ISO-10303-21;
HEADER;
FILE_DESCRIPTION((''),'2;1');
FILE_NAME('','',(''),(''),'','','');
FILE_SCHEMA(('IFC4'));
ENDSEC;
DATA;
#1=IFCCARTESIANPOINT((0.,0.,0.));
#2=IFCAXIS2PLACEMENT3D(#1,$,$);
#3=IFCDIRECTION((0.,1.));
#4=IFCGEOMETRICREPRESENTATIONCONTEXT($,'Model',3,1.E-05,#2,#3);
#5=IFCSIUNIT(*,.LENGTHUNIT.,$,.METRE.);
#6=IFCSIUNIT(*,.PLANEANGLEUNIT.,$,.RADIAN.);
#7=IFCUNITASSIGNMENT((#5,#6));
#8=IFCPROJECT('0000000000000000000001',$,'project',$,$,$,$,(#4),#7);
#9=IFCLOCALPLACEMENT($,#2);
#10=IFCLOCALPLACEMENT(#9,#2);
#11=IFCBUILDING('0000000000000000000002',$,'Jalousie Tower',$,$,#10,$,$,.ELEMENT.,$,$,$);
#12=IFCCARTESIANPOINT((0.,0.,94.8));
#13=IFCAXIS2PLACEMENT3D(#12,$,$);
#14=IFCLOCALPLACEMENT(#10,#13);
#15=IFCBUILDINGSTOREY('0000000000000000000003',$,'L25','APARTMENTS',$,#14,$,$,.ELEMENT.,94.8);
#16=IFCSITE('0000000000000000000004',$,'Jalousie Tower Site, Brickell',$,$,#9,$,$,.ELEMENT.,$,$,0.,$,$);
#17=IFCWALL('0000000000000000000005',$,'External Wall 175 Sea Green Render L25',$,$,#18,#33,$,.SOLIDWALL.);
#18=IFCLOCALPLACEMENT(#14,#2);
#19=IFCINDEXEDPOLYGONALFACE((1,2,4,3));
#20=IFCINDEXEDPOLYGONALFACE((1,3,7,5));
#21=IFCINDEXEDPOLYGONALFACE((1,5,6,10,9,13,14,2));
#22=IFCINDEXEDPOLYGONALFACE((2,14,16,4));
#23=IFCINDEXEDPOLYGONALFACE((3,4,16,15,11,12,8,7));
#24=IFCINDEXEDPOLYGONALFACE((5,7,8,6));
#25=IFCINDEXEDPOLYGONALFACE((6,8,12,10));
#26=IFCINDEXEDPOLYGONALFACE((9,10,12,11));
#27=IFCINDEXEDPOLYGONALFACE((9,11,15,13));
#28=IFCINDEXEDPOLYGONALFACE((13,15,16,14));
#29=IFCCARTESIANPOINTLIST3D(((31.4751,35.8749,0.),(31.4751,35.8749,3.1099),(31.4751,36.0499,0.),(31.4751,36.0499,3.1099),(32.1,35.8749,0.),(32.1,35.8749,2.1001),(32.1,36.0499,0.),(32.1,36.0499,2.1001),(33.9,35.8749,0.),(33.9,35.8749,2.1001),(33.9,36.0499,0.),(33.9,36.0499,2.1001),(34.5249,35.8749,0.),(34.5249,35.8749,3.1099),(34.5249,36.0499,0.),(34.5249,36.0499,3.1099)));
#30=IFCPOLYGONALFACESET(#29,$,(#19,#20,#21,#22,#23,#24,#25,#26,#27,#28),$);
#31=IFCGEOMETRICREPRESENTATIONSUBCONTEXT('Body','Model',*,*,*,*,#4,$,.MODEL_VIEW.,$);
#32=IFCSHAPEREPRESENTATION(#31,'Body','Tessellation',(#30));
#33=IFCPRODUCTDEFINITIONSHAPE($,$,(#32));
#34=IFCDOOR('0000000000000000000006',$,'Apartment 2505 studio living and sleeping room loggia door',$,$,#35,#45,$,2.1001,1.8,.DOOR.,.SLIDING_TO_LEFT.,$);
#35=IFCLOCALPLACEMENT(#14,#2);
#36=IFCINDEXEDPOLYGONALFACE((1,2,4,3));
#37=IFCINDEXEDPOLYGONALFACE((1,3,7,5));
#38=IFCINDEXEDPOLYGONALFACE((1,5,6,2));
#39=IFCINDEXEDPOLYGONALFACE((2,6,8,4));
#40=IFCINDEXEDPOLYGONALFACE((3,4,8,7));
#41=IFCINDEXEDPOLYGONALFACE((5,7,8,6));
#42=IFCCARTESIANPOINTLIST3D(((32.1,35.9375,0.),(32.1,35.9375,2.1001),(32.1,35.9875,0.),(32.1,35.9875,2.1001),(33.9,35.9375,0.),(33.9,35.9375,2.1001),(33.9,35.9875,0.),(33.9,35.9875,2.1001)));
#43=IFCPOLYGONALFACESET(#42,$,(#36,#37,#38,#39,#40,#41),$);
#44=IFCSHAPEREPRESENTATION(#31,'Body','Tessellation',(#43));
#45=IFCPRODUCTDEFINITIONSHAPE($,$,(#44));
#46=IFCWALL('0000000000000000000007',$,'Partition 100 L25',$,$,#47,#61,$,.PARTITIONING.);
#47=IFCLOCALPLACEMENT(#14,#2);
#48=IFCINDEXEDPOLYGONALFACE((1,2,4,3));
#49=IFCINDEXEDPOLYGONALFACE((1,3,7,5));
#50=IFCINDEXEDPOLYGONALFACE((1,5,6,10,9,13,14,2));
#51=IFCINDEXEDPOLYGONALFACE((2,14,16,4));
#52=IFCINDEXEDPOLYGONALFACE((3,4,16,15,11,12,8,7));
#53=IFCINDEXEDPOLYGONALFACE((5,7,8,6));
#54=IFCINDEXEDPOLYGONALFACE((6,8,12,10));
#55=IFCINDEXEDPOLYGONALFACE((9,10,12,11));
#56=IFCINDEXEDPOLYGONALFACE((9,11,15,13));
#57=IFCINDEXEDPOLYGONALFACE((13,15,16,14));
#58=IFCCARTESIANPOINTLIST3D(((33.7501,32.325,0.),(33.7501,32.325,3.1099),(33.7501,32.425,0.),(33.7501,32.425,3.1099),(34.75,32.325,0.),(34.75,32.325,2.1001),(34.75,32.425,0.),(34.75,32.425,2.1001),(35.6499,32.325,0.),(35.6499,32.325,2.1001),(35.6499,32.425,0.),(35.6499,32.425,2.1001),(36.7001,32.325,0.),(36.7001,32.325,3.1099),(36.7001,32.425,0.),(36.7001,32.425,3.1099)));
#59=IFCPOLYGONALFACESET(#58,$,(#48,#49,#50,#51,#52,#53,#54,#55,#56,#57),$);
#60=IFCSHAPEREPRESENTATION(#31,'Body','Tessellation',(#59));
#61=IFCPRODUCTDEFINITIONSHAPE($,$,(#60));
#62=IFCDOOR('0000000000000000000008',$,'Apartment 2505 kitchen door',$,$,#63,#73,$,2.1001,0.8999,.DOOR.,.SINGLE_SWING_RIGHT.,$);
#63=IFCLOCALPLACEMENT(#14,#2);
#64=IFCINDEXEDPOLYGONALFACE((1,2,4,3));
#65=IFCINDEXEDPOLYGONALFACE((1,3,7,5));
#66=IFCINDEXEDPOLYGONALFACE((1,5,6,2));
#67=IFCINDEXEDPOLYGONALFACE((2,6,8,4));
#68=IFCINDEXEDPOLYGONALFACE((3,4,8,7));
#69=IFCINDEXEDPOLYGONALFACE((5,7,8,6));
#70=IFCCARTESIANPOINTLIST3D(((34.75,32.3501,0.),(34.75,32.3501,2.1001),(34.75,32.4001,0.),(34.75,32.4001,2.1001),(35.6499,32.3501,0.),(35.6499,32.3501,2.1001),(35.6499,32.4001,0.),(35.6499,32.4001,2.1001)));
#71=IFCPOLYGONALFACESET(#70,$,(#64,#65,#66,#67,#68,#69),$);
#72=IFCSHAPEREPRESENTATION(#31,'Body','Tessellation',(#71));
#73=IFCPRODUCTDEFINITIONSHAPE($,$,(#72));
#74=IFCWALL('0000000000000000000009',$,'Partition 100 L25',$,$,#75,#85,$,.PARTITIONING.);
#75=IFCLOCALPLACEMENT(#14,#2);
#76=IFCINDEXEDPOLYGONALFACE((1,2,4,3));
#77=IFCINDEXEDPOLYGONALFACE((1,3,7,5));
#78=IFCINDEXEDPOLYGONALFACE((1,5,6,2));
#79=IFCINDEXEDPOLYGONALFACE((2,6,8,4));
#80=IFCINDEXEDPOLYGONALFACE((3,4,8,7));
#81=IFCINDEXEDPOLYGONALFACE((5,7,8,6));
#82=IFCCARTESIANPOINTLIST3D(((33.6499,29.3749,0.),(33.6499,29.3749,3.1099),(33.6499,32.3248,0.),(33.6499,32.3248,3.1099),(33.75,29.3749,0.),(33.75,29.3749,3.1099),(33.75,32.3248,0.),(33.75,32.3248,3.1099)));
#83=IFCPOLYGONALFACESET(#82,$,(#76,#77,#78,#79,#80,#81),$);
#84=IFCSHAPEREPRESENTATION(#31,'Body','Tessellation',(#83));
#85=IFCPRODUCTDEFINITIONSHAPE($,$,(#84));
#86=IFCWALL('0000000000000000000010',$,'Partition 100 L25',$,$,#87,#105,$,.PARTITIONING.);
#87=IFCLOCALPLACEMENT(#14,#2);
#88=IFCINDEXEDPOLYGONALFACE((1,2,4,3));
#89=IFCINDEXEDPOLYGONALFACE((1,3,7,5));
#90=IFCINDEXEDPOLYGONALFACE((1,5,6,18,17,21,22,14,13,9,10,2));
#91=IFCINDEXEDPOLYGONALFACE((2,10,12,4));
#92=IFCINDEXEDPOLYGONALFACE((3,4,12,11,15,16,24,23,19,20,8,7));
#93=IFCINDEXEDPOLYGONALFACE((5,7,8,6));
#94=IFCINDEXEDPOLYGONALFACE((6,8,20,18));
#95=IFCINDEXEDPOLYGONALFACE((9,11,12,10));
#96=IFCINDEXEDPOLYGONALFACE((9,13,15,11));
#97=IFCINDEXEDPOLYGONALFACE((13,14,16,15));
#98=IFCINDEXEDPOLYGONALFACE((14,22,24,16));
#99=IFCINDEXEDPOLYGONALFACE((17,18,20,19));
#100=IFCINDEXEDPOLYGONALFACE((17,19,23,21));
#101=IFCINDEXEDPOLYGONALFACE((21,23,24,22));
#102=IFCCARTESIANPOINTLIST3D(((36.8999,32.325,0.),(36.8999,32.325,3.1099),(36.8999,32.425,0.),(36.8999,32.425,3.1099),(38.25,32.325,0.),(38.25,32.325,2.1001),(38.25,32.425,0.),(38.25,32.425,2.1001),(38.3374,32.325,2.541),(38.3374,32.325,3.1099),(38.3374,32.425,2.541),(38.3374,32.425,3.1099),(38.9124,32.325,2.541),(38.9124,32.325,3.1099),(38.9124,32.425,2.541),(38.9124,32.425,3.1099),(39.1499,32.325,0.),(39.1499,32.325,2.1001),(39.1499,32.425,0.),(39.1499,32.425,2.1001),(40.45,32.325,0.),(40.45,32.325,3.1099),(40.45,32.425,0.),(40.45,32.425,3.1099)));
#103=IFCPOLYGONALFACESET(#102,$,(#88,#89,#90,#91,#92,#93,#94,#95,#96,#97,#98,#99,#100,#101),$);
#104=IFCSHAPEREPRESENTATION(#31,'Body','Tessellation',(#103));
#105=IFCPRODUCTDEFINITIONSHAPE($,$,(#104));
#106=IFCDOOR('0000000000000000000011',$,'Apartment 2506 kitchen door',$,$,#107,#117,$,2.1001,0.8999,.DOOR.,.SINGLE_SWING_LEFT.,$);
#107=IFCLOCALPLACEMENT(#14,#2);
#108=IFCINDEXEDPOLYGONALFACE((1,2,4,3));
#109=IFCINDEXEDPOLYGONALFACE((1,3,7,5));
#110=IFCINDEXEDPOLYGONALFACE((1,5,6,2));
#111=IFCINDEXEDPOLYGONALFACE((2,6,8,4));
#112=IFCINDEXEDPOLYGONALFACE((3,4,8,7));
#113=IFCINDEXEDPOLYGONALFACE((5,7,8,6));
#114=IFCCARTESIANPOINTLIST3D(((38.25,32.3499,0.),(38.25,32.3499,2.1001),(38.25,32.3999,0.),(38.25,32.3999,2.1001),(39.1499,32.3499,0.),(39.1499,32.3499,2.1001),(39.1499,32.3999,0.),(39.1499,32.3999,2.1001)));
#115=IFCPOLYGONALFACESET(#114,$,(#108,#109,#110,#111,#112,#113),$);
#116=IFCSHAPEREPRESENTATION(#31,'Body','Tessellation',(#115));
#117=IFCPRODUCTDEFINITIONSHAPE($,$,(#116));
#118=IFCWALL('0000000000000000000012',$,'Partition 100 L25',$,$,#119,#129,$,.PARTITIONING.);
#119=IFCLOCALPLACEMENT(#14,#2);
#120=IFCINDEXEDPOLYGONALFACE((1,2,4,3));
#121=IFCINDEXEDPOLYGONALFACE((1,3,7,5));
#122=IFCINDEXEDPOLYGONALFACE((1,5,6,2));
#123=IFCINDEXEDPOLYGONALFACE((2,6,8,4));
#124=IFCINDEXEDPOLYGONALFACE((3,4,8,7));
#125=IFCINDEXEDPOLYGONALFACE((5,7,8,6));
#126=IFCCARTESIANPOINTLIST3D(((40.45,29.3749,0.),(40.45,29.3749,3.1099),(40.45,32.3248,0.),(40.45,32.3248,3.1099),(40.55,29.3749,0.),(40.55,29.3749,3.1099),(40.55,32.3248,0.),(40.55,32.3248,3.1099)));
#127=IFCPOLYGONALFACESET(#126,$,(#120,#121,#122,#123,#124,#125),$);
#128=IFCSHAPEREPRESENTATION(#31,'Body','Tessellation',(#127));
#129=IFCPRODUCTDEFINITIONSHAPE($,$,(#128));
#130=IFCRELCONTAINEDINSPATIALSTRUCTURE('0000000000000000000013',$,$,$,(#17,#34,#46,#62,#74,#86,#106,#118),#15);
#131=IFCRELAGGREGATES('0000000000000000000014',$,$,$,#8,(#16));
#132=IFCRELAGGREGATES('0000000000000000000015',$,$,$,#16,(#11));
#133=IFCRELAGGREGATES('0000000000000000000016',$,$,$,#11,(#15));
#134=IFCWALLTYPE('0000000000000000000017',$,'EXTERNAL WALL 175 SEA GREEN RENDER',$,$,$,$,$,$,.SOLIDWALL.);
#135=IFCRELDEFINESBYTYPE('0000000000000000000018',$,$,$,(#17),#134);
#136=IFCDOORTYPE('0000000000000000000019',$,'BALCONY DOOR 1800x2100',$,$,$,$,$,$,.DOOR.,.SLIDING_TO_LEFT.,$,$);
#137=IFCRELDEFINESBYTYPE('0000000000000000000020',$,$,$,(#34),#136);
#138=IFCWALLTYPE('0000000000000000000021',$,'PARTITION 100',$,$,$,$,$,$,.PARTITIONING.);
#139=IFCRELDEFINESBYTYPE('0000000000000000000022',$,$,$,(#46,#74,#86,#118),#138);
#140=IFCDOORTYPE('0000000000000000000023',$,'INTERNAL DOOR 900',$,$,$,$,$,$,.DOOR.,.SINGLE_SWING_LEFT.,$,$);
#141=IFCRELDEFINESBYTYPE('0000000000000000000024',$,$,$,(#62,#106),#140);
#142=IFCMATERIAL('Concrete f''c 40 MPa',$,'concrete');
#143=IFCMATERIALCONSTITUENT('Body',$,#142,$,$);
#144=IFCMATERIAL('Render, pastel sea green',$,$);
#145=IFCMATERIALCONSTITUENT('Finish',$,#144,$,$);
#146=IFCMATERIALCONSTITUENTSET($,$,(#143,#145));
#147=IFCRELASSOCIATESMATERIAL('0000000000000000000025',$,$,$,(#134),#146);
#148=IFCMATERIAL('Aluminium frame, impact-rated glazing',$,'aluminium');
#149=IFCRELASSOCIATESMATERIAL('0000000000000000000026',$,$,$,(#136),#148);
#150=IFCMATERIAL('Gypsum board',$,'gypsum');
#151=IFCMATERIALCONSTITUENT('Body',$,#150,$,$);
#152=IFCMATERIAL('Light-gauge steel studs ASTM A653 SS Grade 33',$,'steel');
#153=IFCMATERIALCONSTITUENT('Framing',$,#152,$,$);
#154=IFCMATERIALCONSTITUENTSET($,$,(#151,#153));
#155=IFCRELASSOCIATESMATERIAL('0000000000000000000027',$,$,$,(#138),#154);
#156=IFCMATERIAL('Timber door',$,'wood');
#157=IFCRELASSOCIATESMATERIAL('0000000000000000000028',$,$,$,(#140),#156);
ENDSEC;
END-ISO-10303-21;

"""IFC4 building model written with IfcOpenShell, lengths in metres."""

from ifc_helpers import new_model, si_unit, direction, frame, frame_2d, origin, place, context, subcontext, project, spatial, polyline, rectangle, outline, extrude, material, constituent, constituent_set, type_object, element, fill, save


model = new_model("IFC4")

# Units and contexts
model_context = context("Model", 3, precision=1e-05, world=origin(), true_north=direction((0.0, 1.0)))
body_context = subcontext(model_context, "Body", "Model", "MODEL_VIEW")
ifc_project = project(units=[si_unit("LENGTHUNIT", "METRE"), si_unit("PLANEANGLEUNIT", "RADIAN")], contexts=[model_context])

# Site, building, storey
site_placement = place(None, origin())
site = spatial("IfcSite", under=ifc_project, at=site_placement, Name="Jalousie Tower Site, Brickell", CompositionType="ELEMENT", RefElevation=0.0)
building_placement = place(site_placement, origin())
building = spatial("IfcBuilding", under=site, at=building_placement, Name="Jalousie Tower", CompositionType="ELEMENT")
storey_placement = place(building_placement, frame((0.0, 0.0, 94.8)))
storey = spatial("IfcBuildingStorey", under=building, at=storey_placement, Name="L25", Description="APARTMENTS", CompositionType="ELEMENT", Elevation=94.8)

# Walls, openings, doors
ifc_material_1 = material(Name="Concrete f'c 40 MPa", Category="concrete")
ifc_constituent_1 = constituent(ifc_material_1, Name="Body")
ifc_material_2 = material(Name="Render, pastel sea green")
ifc_constituent_2 = constituent(ifc_material_2, Name="Finish")
ifc_constituent_set_1 = constituent_set(constituents=[ifc_constituent_1, ifc_constituent_2])
wall_type_1 = type_object("IfcWallType", Name="EXTERNAL WALL 175 SEA GREEN RENDER", PredefinedType="SOLIDWALL", material=ifc_constituent_set_1)
wall_1_placement = place(storey_placement, frame((34.5249, 35.9624, 0.0), z_axis=(0.0, 0.0, 1.0), x_axis=(-1.0, 0.0, 0.0)))
wall_1 = element("IfcWall", 1, at=wall_1_placement, inside=storey, type_object=wall_type_1, Name="External Wall 175 Sea Green Render L25", PredefinedType="SOLIDWALL", context=body_context, shape_type="SweptSolid", body=[
    extrude(rectangle(XDim=3.0498, YDim=0.175, at=frame_2d((1.5249, 0.0))), origin(), (0.0, 0.0, 1.0), 3.1099),
])
opening_1_placement = place(wall_1_placement, frame((0.625, 0.0, 0.0)))
opening_1 = element("IfcOpeningElement", 2, at=opening_1_placement, cuts=wall_1, PredefinedType="OPENING", context=body_context, shape_type="SweptSolid", body=[
    extrude(rectangle(XDim=1.8, YDim=2.1001, at=frame_2d((0.8999, 1.05))), frame((0.0, 0.0974, 0.0), z_axis=(0.0, -1.0, 0.0), x_axis=(1.0, 0.0, 0.0)), (0.0, 0.0, 1.0), 0.1951),
])
ifc_material_3 = material(Name="Aluminium frame, impact-rated glazing", Category="aluminium")
door_type_1 = type_object("IfcDoorType", Name="BALCONY DOOR 1800x2100", OperationType="SLIDING_TO_LEFT", PredefinedType="DOOR", material=ifc_material_3)
door_1_placement = place(opening_1_placement, origin())
door_1 = element("IfcDoor", 3, at=door_1_placement, inside=storey, type_object=door_type_1, Name="Apartment 2505 studio living and sleeping room loggia door", OperationType="SLIDING_TO_LEFT", OverallHeight=2.1001, OverallWidth=1.8, PredefinedType="DOOR", context=body_context, shape_type="SweptSolid", body=[
    extrude(rectangle(XDim=1.8, YDim=2.1001, at=frame_2d((0.8999, 1.05))), frame((0.0, 0.0249, 0.0), z_axis=(0.0, -1.0, 0.0), x_axis=(1.0, 0.0, 0.0)), (0.0, 0.0, 1.0), 0.05),
])
fill(opening_1, door_1)
ifc_material_4 = material(Name="Gypsum board", Category="gypsum")
ifc_constituent_3 = constituent(ifc_material_4, Name="Body")
ifc_material_5 = material(Name="Light-gauge steel studs ASTM A653 SS Grade 33", Category="steel")
ifc_constituent_4 = constituent(ifc_material_5, Name="Framing")
ifc_constituent_set_2 = constituent_set(constituents=[ifc_constituent_3, ifc_constituent_4])
wall_type_2 = type_object("IfcWallType", Name="PARTITION 100", PredefinedType="PARTITIONING", material=ifc_constituent_set_2)
wall_2_placement = place(storey_placement, frame((33.75, 32.375, 0.0), z_axis=(0.0, 0.0, 1.0), x_axis=(1.0, 0.0, 0.0)))
wall_2 = element("IfcWall", 4, at=wall_2_placement, inside=storey, type_object=wall_type_2, Name="Partition 100 L25", PredefinedType="PARTITIONING", context=body_context, shape_type="SweptSolid", body=[
    extrude(rectangle(XDim=2.95, YDim=0.1001, at=frame_2d((1.4751, 0.0))), origin(), (0.0, 0.0, 1.0), 3.1099),
])
opening_2_placement = place(wall_2_placement, frame((1.0, 0.0, 0.0)))
opening_2 = element("IfcOpeningElement", 5, at=opening_2_placement, cuts=wall_2, PredefinedType="OPENING", context=body_context, shape_type="SweptSolid", body=[
    extrude(rectangle(XDim=0.8999, YDim=2.1001, at=frame_2d((0.45, 1.05))), frame((0.0, 0.0601, 0.0), z_axis=(0.0, -1.0, 0.0), x_axis=(1.0, 0.0, 0.0)), (0.0, 0.0, 1.0), 0.1201),
])
ifc_material_6 = material(Name="Timber door", Category="wood")
door_type_2 = type_object("IfcDoorType", Name="INTERNAL DOOR 900", OperationType="SINGLE_SWING_LEFT", PredefinedType="DOOR", material=ifc_material_6)
door_2_placement = place(opening_2_placement, frame((0.8999, 0.0, 0.0), z_axis=(0.0, 0.0, 1.0), x_axis=(-1.0, 0.0, 0.0)))
door_2 = element("IfcDoor", 6, at=door_2_placement, inside=storey, type_object=door_type_2, Name="Apartment 2505 kitchen door", OperationType="SINGLE_SWING_RIGHT", OverallHeight=2.1001, OverallWidth=0.8999, PredefinedType="DOOR", context=body_context, shape_type="SweptSolid", body=[
    extrude(rectangle(XDim=0.8999, YDim=2.1001, at=frame_2d((0.45, 1.05))), frame((0.0, 0.0249, 0.0), z_axis=(0.0, -1.0, 0.0), x_axis=(1.0, 0.0, 0.0)), (0.0, 0.0, 1.0), 0.05),
])
fill(opening_2, door_2)

# Wall
wall_3_placement = place(storey_placement, frame((33.7, 32.325, 0.0), z_axis=(0.0, 0.0, 1.0), x_axis=(0.0, -1.0, 0.0)))
element("IfcWall", 7, at=wall_3_placement, inside=storey, type_object=wall_type_2, Name="Partition 100 L25", PredefinedType="PARTITIONING", context=body_context, shape_type="SweptSolid", body=[
    extrude(rectangle(XDim=2.95, YDim=0.1001, at=frame_2d((1.4751, 0.0))), origin(), (0.0, 0.0, 1.0), 3.1099),
])

# Wall, opening, door
wall_4_placement = place(storey_placement, frame((36.8999, 32.375, 0.0), z_axis=(0.0, 0.0, 1.0), x_axis=(1.0, 0.0, 0.0)))
wall_4 = element("IfcWall", 8, at=wall_4_placement, inside=storey, type_object=wall_type_2, Name="Partition 100 L25", PredefinedType="PARTITIONING", context=body_context, shape_type="SweptSolid", body=[
    extrude(outline(polyline([(0.0, 0.0), (3.55, 0.0), (3.55, 3.1099), (2.0125, 3.1099), (2.0125, 2.541), (1.4375, 2.541), (1.4375, 3.1099), (0.0, 3.1099), (0.0, 0.0)])), frame((0.0, 0.05, 0.0), z_axis=(0.0, -1.0, 0.0), x_axis=(1.0, 0.0, 0.0)), (0.0, 0.0, 1.0), 0.1001),
])
opening_3_placement = place(wall_4_placement, frame((1.3501, 0.0, 0.0)))
opening_3 = element("IfcOpeningElement", 9, at=opening_3_placement, cuts=wall_4, PredefinedType="OPENING", context=body_context, shape_type="SweptSolid", body=[
    extrude(rectangle(XDim=0.8999, YDim=2.1001, at=frame_2d((0.45, 1.05))), frame((0.0, 0.0601, 0.0), z_axis=(0.0, -1.0, 0.0), x_axis=(1.0, 0.0, 0.0)), (0.0, 0.0, 1.0), 0.1201),
])
door_3_placement = place(opening_3_placement, origin())
door_3 = element("IfcDoor", 10, at=door_3_placement, inside=storey, type_object=door_type_2, Name="Apartment 2506 kitchen door", OperationType="SINGLE_SWING_LEFT", OverallHeight=2.1001, OverallWidth=0.8999, PredefinedType="DOOR", context=body_context, shape_type="SweptSolid", body=[
    extrude(rectangle(XDim=0.8999, YDim=2.1001, at=frame_2d((0.45, 1.05))), frame((0.0, 0.0249, 0.0), z_axis=(0.0, -1.0, 0.0), x_axis=(1.0, 0.0, 0.0)), (0.0, 0.0, 1.0), 0.05),
])
fill(opening_3, door_3)

# Wall
wall_5_placement = place(storey_placement, frame((40.5, 32.325, 0.0), z_axis=(0.0, 0.0, 1.0), x_axis=(0.0, -1.0, 0.0)))
element("IfcWall", 11, at=wall_5_placement, inside=storey, type_object=wall_type_2, Name="Partition 100 L25", PredefinedType="PARTITIONING", context=body_context, shape_type="SweptSolid", body=[
    extrude(rectangle(XDim=2.95, YDim=0.1001, at=frame_2d((1.4751, 0.0))), origin(), (0.0, 0.0, 1.0), 3.1099),
])

save(model, "model.ifc")
